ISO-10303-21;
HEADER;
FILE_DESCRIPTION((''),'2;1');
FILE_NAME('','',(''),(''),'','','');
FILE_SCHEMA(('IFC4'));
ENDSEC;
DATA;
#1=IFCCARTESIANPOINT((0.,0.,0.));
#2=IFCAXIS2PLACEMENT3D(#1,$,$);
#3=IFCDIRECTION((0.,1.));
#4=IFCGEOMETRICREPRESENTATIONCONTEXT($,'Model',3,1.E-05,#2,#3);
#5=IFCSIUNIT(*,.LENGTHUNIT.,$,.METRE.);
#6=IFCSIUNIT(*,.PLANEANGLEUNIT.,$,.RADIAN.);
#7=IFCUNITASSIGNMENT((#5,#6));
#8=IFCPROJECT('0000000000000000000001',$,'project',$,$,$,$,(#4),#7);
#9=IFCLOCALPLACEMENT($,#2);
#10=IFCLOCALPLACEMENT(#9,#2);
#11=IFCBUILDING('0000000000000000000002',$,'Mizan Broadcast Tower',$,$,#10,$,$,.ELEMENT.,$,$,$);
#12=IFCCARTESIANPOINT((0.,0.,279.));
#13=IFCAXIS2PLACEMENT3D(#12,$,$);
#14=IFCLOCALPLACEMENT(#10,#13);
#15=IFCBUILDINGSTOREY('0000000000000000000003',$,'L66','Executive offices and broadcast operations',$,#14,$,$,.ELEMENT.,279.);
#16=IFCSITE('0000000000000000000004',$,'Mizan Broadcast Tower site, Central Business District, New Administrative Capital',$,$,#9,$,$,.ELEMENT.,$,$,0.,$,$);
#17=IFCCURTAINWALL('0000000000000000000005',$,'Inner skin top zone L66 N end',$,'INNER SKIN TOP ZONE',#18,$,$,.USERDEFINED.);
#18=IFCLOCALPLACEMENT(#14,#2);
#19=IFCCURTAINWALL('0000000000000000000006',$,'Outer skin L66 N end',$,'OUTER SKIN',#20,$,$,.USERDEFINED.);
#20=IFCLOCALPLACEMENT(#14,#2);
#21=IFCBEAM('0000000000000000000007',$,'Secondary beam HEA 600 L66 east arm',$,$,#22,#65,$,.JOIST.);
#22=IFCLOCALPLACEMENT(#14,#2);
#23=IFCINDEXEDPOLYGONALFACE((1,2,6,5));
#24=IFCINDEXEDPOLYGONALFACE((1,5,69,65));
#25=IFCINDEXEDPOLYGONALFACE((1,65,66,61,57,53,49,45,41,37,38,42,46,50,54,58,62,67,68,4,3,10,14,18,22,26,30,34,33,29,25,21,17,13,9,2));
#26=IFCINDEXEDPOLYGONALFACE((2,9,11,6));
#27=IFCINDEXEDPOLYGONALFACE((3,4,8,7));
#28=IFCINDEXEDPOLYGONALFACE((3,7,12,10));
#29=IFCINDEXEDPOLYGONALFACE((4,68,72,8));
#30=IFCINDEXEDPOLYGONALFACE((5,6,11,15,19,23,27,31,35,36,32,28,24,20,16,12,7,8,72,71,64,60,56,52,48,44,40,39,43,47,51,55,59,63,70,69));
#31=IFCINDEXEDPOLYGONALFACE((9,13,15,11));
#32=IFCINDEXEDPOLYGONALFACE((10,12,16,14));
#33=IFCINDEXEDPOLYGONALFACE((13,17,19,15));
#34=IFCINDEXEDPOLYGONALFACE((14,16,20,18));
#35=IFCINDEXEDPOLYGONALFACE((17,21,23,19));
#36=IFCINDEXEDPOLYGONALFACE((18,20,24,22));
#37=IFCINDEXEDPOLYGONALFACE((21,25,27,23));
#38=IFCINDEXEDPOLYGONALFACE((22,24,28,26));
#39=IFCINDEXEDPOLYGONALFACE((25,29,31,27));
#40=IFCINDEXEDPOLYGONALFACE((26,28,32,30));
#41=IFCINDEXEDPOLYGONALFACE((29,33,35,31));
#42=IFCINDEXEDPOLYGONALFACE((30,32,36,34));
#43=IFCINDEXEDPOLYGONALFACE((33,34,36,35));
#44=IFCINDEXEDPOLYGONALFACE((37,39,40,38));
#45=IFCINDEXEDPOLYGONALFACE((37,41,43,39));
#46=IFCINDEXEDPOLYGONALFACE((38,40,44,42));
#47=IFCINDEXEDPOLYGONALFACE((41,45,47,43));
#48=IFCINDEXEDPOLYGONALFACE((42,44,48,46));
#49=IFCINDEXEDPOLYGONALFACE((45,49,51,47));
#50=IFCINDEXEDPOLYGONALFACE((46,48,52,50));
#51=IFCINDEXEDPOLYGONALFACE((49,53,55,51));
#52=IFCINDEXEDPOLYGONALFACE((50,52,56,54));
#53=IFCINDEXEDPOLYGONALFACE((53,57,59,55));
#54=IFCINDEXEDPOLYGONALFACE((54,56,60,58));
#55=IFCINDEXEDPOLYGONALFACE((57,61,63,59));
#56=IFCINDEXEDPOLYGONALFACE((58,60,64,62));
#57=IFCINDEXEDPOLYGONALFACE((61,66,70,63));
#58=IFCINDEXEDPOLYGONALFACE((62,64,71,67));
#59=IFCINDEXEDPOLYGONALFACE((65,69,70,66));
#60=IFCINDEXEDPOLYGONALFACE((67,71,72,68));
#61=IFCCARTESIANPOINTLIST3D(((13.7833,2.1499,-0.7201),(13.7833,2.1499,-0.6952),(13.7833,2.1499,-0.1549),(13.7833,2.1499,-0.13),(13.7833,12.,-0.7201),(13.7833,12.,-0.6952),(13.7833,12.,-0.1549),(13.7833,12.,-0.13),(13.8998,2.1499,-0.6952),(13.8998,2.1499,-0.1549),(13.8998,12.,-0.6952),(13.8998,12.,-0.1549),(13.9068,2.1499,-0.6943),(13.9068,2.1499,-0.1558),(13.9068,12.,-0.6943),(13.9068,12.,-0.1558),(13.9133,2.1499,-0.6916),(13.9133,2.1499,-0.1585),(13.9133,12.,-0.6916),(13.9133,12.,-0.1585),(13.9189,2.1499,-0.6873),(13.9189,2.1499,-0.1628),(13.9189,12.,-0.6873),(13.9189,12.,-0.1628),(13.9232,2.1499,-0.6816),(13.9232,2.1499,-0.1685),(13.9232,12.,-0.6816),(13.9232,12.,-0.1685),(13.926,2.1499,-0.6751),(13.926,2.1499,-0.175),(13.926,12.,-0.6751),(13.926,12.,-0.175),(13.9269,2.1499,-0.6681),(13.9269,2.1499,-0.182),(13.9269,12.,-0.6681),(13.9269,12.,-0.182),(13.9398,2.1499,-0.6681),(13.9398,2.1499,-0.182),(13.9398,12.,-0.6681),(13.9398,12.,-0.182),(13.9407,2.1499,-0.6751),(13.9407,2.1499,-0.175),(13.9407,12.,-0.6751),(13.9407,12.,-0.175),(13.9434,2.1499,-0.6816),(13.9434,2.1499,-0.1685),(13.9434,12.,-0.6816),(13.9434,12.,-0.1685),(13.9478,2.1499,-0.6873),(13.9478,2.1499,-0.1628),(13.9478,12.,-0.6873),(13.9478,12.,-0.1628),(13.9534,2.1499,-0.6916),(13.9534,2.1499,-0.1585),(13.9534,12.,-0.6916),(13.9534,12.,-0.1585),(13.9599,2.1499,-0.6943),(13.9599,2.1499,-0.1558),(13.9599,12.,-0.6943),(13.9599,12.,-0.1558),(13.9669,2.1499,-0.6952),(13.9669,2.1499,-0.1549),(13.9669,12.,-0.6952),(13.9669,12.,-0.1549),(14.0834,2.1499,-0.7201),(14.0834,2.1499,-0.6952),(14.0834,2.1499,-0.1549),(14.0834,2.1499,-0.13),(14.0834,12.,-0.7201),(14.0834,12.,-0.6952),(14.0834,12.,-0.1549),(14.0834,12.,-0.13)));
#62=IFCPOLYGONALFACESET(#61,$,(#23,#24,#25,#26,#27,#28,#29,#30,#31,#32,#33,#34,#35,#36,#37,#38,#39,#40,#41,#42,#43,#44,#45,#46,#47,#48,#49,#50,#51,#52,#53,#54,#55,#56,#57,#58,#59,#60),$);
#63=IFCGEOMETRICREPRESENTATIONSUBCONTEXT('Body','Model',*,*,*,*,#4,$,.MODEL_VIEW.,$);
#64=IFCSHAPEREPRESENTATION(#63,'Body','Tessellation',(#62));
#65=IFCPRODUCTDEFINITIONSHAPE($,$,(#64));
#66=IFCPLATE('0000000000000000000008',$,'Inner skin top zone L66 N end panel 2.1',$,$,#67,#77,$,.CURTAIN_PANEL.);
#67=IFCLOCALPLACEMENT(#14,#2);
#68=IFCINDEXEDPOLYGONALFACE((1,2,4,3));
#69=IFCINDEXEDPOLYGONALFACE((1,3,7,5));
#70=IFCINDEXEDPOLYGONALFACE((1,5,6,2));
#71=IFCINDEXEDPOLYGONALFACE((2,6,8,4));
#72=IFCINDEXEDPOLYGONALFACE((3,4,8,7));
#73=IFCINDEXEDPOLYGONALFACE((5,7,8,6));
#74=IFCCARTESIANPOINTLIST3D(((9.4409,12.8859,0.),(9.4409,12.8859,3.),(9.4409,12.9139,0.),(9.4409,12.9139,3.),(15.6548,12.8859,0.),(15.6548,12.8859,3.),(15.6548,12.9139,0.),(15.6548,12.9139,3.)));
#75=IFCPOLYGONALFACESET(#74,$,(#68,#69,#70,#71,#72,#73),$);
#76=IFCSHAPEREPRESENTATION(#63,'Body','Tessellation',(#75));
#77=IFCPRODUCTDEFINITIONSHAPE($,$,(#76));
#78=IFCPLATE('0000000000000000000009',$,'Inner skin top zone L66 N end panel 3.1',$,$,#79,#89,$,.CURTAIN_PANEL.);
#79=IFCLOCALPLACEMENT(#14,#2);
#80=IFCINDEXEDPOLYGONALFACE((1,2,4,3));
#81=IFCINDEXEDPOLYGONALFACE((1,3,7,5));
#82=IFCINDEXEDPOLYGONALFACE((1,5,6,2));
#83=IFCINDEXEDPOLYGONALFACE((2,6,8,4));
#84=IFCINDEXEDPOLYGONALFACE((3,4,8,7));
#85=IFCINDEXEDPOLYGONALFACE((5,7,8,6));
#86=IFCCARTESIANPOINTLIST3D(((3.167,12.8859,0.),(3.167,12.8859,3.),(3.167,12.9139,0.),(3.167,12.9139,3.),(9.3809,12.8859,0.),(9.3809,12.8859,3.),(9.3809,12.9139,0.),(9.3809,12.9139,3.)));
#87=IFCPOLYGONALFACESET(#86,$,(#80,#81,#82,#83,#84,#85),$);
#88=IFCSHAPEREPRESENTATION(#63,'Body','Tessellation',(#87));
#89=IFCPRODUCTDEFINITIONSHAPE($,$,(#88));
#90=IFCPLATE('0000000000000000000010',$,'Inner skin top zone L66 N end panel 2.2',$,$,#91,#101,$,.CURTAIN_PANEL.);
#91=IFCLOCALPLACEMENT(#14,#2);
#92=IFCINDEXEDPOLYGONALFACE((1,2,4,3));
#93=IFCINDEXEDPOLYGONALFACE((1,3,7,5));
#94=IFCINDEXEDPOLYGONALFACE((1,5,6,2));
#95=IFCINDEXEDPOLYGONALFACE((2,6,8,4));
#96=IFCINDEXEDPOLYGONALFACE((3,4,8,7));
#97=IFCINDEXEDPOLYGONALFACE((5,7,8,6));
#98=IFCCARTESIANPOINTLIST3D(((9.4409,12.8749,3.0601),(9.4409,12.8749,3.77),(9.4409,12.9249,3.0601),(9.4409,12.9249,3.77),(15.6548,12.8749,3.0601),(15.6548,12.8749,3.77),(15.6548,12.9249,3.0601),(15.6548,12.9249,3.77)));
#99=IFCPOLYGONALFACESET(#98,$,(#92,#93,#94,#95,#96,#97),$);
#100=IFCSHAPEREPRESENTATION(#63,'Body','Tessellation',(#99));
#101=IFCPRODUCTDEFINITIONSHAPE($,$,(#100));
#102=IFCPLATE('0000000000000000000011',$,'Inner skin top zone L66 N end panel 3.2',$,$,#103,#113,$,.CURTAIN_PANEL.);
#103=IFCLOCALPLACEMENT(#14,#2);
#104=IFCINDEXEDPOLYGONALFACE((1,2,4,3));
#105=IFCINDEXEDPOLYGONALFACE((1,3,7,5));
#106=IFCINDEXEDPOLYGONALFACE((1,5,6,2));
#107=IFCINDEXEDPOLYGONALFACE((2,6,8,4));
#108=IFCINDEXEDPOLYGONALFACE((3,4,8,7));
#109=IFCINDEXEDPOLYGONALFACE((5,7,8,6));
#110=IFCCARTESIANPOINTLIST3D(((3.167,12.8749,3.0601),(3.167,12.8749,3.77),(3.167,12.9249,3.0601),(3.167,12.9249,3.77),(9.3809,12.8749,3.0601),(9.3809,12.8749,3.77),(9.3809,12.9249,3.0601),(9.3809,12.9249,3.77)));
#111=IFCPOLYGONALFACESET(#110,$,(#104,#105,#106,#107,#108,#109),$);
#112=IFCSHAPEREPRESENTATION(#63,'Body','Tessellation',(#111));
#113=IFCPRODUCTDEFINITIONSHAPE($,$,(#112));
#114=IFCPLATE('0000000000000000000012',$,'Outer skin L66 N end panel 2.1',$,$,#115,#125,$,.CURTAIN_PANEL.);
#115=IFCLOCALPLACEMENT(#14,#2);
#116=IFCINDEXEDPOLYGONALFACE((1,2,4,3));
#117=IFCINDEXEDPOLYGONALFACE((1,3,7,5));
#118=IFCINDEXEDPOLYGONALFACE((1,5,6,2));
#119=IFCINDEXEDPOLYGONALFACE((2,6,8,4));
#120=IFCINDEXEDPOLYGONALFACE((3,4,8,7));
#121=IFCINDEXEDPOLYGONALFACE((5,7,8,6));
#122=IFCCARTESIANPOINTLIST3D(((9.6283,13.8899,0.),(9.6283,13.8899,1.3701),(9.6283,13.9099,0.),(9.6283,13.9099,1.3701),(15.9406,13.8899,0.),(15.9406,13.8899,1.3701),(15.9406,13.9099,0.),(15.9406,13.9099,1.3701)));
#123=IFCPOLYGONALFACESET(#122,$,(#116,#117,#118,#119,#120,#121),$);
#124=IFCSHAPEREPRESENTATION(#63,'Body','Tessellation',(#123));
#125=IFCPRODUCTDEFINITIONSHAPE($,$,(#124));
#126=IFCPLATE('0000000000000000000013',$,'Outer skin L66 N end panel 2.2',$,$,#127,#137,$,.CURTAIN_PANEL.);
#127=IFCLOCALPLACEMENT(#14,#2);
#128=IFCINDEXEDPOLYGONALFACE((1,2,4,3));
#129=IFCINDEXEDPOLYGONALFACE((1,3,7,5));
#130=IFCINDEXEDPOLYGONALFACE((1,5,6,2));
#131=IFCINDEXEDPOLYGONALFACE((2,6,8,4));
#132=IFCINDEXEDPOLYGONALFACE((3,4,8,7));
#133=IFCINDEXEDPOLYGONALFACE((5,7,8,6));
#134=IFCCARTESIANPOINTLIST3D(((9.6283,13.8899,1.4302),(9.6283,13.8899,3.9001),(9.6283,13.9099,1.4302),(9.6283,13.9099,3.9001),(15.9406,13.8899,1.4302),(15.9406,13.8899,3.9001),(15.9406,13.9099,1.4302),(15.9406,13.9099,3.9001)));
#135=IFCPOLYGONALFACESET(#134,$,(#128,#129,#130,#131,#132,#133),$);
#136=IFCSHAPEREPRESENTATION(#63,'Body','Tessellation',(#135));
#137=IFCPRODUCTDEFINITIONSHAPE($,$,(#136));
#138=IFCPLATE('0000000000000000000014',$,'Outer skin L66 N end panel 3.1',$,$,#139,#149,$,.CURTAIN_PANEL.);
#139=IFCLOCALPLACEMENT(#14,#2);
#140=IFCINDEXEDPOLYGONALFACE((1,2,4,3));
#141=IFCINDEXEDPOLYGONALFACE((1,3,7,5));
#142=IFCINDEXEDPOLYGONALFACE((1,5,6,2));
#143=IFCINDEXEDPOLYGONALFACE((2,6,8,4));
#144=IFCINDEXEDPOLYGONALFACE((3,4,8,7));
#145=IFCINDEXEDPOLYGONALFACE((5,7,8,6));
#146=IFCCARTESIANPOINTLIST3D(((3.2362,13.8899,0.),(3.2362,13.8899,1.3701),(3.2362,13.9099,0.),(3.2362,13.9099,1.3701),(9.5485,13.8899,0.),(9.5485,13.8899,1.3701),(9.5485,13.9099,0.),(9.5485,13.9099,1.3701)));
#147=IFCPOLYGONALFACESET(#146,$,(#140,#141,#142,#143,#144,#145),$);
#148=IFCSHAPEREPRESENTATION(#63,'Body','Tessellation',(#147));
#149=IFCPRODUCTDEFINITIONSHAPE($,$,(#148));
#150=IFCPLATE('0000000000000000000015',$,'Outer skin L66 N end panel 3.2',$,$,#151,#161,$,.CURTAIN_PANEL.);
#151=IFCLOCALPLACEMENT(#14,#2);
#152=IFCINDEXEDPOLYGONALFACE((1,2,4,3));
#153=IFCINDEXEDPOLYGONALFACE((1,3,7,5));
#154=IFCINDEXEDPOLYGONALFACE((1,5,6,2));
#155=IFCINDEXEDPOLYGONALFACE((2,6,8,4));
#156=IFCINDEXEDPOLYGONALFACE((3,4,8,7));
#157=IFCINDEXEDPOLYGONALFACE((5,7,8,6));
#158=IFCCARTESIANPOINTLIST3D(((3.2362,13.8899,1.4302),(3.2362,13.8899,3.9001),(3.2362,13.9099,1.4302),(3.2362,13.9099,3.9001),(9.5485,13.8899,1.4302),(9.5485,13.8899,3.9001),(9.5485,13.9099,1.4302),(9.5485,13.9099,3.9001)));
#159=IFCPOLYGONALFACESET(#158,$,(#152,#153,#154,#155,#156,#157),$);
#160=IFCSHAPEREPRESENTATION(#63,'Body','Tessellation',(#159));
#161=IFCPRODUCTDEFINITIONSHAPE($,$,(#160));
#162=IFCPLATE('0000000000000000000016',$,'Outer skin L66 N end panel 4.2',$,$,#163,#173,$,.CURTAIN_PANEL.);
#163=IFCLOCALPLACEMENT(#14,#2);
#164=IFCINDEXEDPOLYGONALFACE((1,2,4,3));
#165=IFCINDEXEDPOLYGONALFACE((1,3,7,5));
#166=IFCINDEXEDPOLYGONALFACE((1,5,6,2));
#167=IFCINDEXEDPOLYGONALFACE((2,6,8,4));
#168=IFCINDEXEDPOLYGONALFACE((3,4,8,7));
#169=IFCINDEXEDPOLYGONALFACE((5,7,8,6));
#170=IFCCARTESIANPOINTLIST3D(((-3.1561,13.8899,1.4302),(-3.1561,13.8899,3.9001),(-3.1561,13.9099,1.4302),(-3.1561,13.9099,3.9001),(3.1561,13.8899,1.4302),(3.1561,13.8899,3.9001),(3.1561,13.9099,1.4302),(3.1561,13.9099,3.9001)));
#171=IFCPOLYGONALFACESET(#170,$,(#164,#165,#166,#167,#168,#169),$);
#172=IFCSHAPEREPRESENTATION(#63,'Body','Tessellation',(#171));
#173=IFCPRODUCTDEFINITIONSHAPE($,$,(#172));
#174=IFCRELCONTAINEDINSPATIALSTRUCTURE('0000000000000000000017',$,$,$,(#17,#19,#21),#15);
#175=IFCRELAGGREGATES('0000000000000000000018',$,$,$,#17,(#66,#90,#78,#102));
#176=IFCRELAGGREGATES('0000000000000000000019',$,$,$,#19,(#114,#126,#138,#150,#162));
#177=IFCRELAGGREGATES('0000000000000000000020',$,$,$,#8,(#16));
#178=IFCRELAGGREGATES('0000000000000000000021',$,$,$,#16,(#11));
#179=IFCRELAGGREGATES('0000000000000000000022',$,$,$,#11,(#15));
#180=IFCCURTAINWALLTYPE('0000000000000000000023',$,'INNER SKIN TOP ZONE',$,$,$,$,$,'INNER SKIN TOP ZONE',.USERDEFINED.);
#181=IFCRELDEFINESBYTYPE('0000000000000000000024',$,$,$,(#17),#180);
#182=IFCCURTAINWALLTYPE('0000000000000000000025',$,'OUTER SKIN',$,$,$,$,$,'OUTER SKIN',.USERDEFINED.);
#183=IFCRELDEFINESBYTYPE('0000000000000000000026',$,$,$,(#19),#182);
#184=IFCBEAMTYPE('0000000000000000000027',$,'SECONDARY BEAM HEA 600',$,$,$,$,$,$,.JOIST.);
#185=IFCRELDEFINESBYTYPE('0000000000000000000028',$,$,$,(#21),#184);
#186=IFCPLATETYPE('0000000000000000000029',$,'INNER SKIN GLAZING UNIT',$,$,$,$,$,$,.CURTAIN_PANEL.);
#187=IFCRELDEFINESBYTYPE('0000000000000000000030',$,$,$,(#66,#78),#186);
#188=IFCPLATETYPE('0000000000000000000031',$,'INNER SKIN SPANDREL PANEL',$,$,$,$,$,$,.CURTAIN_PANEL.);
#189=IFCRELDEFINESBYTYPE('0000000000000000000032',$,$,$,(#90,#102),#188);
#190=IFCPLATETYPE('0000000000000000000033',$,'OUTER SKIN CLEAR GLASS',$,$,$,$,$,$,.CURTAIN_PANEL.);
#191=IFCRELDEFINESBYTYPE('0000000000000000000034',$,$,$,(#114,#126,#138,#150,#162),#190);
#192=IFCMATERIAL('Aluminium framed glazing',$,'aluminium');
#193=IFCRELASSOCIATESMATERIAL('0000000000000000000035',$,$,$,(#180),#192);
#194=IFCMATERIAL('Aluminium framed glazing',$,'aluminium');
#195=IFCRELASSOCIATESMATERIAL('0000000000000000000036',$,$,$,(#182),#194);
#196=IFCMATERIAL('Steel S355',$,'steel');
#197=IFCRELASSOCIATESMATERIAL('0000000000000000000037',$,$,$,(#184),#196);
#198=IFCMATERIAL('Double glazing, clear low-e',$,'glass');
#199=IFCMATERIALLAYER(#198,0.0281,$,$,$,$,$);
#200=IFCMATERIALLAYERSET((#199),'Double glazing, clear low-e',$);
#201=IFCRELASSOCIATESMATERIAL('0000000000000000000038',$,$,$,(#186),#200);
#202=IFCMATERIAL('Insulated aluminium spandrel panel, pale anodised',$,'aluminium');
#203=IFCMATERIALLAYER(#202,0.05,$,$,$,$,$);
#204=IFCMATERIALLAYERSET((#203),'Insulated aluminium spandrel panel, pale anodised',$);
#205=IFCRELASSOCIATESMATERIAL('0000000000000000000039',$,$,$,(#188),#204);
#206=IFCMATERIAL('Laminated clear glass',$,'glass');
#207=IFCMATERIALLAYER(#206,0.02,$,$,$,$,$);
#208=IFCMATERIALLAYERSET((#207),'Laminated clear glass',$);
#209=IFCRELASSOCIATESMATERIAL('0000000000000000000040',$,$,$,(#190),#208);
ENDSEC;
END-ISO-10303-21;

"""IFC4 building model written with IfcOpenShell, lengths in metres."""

from ifc_helpers import new_model, si_unit, direction, frame, origin, origin_2d, place, context, subcontext, project, spatial, rectangle, i_section, extrude, material, layer, layer_set, material_profile, profile_set, type_object, element, aggregate, save


model = new_model("IFC4")

# Units and contexts
model_context = context("Model", 3, precision=1e-05, world=origin(), true_north=direction((0.0, 1.0)))
body_context = subcontext(model_context, "Body", "Model", "MODEL_VIEW")
ifc_project = project(units=[si_unit("LENGTHUNIT", "METRE"), si_unit("PLANEANGLEUNIT", "RADIAN")], contexts=[model_context])

# Site, building, storey
site_placement = place(None, origin())
site = spatial("IfcSite", under=ifc_project, at=site_placement, Name="Mizan Broadcast Tower site, Central Business District, New Administrative Capital", CompositionType="ELEMENT", RefElevation=0.0)
building_placement = place(site_placement, origin())
building = spatial("IfcBuilding", under=site, at=building_placement, Name="Mizan Broadcast Tower", CompositionType="ELEMENT")
storey_placement = place(building_placement, frame((0.0, 0.0, 279.0)))
storey = spatial("IfcBuildingStorey", under=building, at=storey_placement, Name="L66", Description="Executive offices and broadcast operations", CompositionType="ELEMENT", Elevation=279.0)

# Curtain walls
ifc_material_1 = material(Name="Aluminium framed glazing", Category="aluminium")
curtain_wall_type_1 = type_object("IfcCurtainWallType", Name="INNER SKIN TOP ZONE", ElementType="INNER SKIN TOP ZONE", PredefinedType="USERDEFINED", material=ifc_material_1)
curtain_wall_1_placement = place(storey_placement, origin())
curtain_wall_1 = element("IfcCurtainWall", 1, at=curtain_wall_1_placement, inside=storey, type_object=curtain_wall_type_1, Name="Inner skin top zone L66 N end", ObjectType="INNER SKIN TOP ZONE", PredefinedType="USERDEFINED")
ifc_material_2 = material(Name="Aluminium framed glazing", Category="aluminium")
curtain_wall_type_2 = type_object("IfcCurtainWallType", Name="OUTER SKIN", ElementType="OUTER SKIN", PredefinedType="USERDEFINED", material=ifc_material_2)
curtain_wall_2_placement = place(storey_placement, origin())
curtain_wall_2 = element("IfcCurtainWall", 2, at=curtain_wall_2_placement, inside=storey, type_object=curtain_wall_type_2, Name="Outer skin L66 N end", ObjectType="OUTER SKIN", PredefinedType="USERDEFINED")

# Beam
ifc_material_3 = material(Name="Steel S355", Category="steel")
ifc_material_profile_1 = material_profile(ifc_material_3, i_section(OverallWidth=0.3, OverallDepth=0.5901, WebThickness=0.0129, FlangeThickness=0.0249, FilletRadius=0.0271, at=origin_2d()), Name="HEA 600")
ifc_profile_set_1 = profile_set([ifc_material_profile_1], Name="Steel S355")
beam_type_1 = type_object("IfcBeamType", Name="SECONDARY BEAM HEA 600", PredefinedType="JOIST", material=ifc_profile_set_1)
beam_1_placement = place(storey_placement, frame((13.9333, 12.0, -0.425), z_axis=(0.0, -1.0, 0.0), x_axis=(1.0, 0.0, 0.0)))
element("IfcBeam", 3, at=beam_1_placement, inside=storey, type_object=beam_type_1, Name="Secondary beam HEA 600 L66 east arm", PredefinedType="JOIST", context=body_context, shape_type="SweptSolid", body=[
    extrude(i_section(OverallWidth=0.3, OverallDepth=0.5901, WebThickness=0.0129, FlangeThickness=0.0249, FilletRadius=0.0271, at=origin_2d()), origin(), (0.0, 0.0, 1.0), 9.8501),
])

# Plates
ifc_material_4 = material(Name="Double glazing, clear low-e", Category="glass")
ifc_layer_1 = layer(ifc_material_4, 0.0281)
ifc_layer_set_1 = layer_set([ifc_layer_1], Name="Double glazing, clear low-e")
plate_type_1 = type_object("IfcPlateType", Name="INNER SKIN GLAZING UNIT", PredefinedType="CURTAIN_PANEL", material=ifc_layer_set_1)
plate_1_placement = place(storey_placement, frame((12.5479, 12.8999, 0.0), z_axis=(0.0, 0.0, 1.0), x_axis=(-1.0, 0.0, 0.0)))
plate_1 = element("IfcPlate", 4, at=plate_1_placement, type_object=plate_type_1, Name="Inner skin top zone L66 N end panel 2.1", PredefinedType="CURTAIN_PANEL", context=body_context, shape_type="SweptSolid", body=[
    extrude(rectangle(XDim=6.2139, YDim=0.0281, at=origin_2d()), origin(), (0.0, 0.0, 1.0), 3.0),
])
plate_2_placement = place(storey_placement, frame((6.2739, 12.8999, 0.0), z_axis=(0.0, 0.0, 1.0), x_axis=(-1.0, 0.0, 0.0)))
plate_2 = element("IfcPlate", 5, at=plate_2_placement, type_object=plate_type_1, Name="Inner skin top zone L66 N end panel 3.1", PredefinedType="CURTAIN_PANEL", context=body_context, shape_type="SweptSolid", body=[
    extrude(rectangle(XDim=6.2139, YDim=0.0281, at=origin_2d()), origin(), (0.0, 0.0, 1.0), 3.0),
])
ifc_material_5 = material(Name="Insulated aluminium spandrel panel, pale anodised", Category="aluminium")
ifc_layer_2 = layer(ifc_material_5, 0.05)
ifc_layer_set_2 = layer_set([ifc_layer_2], Name="Insulated aluminium spandrel panel, pale anodised")
plate_type_2 = type_object("IfcPlateType", Name="INNER SKIN SPANDREL PANEL", PredefinedType="CURTAIN_PANEL", material=ifc_layer_set_2)
plate_3_placement = place(storey_placement, frame((12.5479, 12.8999, 3.0601), z_axis=(0.0, 0.0, 1.0), x_axis=(-1.0, 0.0, 0.0)))
plate_3 = element("IfcPlate", 6, at=plate_3_placement, type_object=plate_type_2, Name="Inner skin top zone L66 N end panel 2.2", PredefinedType="CURTAIN_PANEL", context=body_context, shape_type="SweptSolid", body=[
    extrude(rectangle(XDim=6.2139, YDim=0.05, at=origin_2d()), origin(), (0.0, 0.0, 1.0), 0.71),
])
plate_4_placement = place(storey_placement, frame((6.2739, 12.8999, 3.0601), z_axis=(0.0, 0.0, 1.0), x_axis=(-1.0, 0.0, 0.0)))
plate_4 = element("IfcPlate", 7, at=plate_4_placement, type_object=plate_type_2, Name="Inner skin top zone L66 N end panel 3.2", PredefinedType="CURTAIN_PANEL", context=body_context, shape_type="SweptSolid", body=[
    extrude(rectangle(XDim=6.2139, YDim=0.05, at=origin_2d()), origin(), (0.0, 0.0, 1.0), 0.71),
])
aggregate(curtain_wall_1, [plate_1, plate_3, plate_2, plate_4])
ifc_material_6 = material(Name="Laminated clear glass", Category="glass")
ifc_layer_3 = layer(ifc_material_6, 0.02)
ifc_layer_set_3 = layer_set([ifc_layer_3], Name="Laminated clear glass")
plate_type_3 = type_object("IfcPlateType", Name="OUTER SKIN CLEAR GLASS", PredefinedType="CURTAIN_PANEL", material=ifc_layer_set_3)
plate_5_placement = place(storey_placement, frame((12.7844, 13.8999, 0.0), z_axis=(0.0, 0.0, 1.0), x_axis=(-1.0, 0.0, 0.0)))
plate_5 = element("IfcPlate", 8, at=plate_5_placement, type_object=plate_type_3, Name="Outer skin L66 N end panel 2.1", PredefinedType="CURTAIN_PANEL", context=body_context, shape_type="SweptSolid", body=[
    extrude(rectangle(XDim=6.3123, YDim=0.02, at=origin_2d()), origin(), (0.0, 0.0, 1.0), 1.3701),
])
plate_6_placement = place(storey_placement, frame((12.7844, 13.8999, 1.4302), z_axis=(0.0, 0.0, 1.0), x_axis=(-1.0, 0.0, 0.0)))
plate_6 = element("IfcPlate", 9, at=plate_6_placement, type_object=plate_type_3, Name="Outer skin L66 N end panel 2.2", PredefinedType="CURTAIN_PANEL", context=body_context, shape_type="SweptSolid", body=[
    extrude(rectangle(XDim=6.3123, YDim=0.02, at=origin_2d()), origin(), (0.0, 0.0, 1.0), 2.47),
])
plate_7_placement = place(storey_placement, frame((6.3923, 13.8999, 0.0), z_axis=(0.0, 0.0, 1.0), x_axis=(-1.0, 0.0, 0.0)))
plate_7 = element("IfcPlate", 10, at=plate_7_placement, type_object=plate_type_3, Name="Outer skin L66 N end panel 3.1", PredefinedType="CURTAIN_PANEL", context=body_context, shape_type="SweptSolid", body=[
    extrude(rectangle(XDim=6.3123, YDim=0.02, at=origin_2d()), origin(), (0.0, 0.0, 1.0), 1.3701),
])
plate_8_placement = place(storey_placement, frame((6.3923, 13.8999, 1.4302), z_axis=(0.0, 0.0, 1.0), x_axis=(-1.0, 0.0, 0.0)))
plate_8 = element("IfcPlate", 11, at=plate_8_placement, type_object=plate_type_3, Name="Outer skin L66 N end panel 3.2", PredefinedType="CURTAIN_PANEL", context=body_context, shape_type="SweptSolid", body=[
    extrude(rectangle(XDim=6.3123, YDim=0.02, at=origin_2d()), origin(), (0.0, 0.0, 1.0), 2.47),
])
plate_9_placement = place(storey_placement, frame((0.0, 13.8999, 1.4302), z_axis=(0.0, 0.0, 1.0), x_axis=(-1.0, 0.0, 0.0)))
plate_9 = element("IfcPlate", 12, at=plate_9_placement, type_object=plate_type_3, Name="Outer skin L66 N end panel 4.2", PredefinedType="CURTAIN_PANEL", context=body_context, shape_type="SweptSolid", body=[
    extrude(rectangle(XDim=6.3123, YDim=0.02, at=origin_2d()), origin(), (0.0, 0.0, 1.0), 2.47),
])
aggregate(curtain_wall_2, [plate_5, plate_6, plate_7, plate_8, plate_9])

save(model, "model.ifc")
